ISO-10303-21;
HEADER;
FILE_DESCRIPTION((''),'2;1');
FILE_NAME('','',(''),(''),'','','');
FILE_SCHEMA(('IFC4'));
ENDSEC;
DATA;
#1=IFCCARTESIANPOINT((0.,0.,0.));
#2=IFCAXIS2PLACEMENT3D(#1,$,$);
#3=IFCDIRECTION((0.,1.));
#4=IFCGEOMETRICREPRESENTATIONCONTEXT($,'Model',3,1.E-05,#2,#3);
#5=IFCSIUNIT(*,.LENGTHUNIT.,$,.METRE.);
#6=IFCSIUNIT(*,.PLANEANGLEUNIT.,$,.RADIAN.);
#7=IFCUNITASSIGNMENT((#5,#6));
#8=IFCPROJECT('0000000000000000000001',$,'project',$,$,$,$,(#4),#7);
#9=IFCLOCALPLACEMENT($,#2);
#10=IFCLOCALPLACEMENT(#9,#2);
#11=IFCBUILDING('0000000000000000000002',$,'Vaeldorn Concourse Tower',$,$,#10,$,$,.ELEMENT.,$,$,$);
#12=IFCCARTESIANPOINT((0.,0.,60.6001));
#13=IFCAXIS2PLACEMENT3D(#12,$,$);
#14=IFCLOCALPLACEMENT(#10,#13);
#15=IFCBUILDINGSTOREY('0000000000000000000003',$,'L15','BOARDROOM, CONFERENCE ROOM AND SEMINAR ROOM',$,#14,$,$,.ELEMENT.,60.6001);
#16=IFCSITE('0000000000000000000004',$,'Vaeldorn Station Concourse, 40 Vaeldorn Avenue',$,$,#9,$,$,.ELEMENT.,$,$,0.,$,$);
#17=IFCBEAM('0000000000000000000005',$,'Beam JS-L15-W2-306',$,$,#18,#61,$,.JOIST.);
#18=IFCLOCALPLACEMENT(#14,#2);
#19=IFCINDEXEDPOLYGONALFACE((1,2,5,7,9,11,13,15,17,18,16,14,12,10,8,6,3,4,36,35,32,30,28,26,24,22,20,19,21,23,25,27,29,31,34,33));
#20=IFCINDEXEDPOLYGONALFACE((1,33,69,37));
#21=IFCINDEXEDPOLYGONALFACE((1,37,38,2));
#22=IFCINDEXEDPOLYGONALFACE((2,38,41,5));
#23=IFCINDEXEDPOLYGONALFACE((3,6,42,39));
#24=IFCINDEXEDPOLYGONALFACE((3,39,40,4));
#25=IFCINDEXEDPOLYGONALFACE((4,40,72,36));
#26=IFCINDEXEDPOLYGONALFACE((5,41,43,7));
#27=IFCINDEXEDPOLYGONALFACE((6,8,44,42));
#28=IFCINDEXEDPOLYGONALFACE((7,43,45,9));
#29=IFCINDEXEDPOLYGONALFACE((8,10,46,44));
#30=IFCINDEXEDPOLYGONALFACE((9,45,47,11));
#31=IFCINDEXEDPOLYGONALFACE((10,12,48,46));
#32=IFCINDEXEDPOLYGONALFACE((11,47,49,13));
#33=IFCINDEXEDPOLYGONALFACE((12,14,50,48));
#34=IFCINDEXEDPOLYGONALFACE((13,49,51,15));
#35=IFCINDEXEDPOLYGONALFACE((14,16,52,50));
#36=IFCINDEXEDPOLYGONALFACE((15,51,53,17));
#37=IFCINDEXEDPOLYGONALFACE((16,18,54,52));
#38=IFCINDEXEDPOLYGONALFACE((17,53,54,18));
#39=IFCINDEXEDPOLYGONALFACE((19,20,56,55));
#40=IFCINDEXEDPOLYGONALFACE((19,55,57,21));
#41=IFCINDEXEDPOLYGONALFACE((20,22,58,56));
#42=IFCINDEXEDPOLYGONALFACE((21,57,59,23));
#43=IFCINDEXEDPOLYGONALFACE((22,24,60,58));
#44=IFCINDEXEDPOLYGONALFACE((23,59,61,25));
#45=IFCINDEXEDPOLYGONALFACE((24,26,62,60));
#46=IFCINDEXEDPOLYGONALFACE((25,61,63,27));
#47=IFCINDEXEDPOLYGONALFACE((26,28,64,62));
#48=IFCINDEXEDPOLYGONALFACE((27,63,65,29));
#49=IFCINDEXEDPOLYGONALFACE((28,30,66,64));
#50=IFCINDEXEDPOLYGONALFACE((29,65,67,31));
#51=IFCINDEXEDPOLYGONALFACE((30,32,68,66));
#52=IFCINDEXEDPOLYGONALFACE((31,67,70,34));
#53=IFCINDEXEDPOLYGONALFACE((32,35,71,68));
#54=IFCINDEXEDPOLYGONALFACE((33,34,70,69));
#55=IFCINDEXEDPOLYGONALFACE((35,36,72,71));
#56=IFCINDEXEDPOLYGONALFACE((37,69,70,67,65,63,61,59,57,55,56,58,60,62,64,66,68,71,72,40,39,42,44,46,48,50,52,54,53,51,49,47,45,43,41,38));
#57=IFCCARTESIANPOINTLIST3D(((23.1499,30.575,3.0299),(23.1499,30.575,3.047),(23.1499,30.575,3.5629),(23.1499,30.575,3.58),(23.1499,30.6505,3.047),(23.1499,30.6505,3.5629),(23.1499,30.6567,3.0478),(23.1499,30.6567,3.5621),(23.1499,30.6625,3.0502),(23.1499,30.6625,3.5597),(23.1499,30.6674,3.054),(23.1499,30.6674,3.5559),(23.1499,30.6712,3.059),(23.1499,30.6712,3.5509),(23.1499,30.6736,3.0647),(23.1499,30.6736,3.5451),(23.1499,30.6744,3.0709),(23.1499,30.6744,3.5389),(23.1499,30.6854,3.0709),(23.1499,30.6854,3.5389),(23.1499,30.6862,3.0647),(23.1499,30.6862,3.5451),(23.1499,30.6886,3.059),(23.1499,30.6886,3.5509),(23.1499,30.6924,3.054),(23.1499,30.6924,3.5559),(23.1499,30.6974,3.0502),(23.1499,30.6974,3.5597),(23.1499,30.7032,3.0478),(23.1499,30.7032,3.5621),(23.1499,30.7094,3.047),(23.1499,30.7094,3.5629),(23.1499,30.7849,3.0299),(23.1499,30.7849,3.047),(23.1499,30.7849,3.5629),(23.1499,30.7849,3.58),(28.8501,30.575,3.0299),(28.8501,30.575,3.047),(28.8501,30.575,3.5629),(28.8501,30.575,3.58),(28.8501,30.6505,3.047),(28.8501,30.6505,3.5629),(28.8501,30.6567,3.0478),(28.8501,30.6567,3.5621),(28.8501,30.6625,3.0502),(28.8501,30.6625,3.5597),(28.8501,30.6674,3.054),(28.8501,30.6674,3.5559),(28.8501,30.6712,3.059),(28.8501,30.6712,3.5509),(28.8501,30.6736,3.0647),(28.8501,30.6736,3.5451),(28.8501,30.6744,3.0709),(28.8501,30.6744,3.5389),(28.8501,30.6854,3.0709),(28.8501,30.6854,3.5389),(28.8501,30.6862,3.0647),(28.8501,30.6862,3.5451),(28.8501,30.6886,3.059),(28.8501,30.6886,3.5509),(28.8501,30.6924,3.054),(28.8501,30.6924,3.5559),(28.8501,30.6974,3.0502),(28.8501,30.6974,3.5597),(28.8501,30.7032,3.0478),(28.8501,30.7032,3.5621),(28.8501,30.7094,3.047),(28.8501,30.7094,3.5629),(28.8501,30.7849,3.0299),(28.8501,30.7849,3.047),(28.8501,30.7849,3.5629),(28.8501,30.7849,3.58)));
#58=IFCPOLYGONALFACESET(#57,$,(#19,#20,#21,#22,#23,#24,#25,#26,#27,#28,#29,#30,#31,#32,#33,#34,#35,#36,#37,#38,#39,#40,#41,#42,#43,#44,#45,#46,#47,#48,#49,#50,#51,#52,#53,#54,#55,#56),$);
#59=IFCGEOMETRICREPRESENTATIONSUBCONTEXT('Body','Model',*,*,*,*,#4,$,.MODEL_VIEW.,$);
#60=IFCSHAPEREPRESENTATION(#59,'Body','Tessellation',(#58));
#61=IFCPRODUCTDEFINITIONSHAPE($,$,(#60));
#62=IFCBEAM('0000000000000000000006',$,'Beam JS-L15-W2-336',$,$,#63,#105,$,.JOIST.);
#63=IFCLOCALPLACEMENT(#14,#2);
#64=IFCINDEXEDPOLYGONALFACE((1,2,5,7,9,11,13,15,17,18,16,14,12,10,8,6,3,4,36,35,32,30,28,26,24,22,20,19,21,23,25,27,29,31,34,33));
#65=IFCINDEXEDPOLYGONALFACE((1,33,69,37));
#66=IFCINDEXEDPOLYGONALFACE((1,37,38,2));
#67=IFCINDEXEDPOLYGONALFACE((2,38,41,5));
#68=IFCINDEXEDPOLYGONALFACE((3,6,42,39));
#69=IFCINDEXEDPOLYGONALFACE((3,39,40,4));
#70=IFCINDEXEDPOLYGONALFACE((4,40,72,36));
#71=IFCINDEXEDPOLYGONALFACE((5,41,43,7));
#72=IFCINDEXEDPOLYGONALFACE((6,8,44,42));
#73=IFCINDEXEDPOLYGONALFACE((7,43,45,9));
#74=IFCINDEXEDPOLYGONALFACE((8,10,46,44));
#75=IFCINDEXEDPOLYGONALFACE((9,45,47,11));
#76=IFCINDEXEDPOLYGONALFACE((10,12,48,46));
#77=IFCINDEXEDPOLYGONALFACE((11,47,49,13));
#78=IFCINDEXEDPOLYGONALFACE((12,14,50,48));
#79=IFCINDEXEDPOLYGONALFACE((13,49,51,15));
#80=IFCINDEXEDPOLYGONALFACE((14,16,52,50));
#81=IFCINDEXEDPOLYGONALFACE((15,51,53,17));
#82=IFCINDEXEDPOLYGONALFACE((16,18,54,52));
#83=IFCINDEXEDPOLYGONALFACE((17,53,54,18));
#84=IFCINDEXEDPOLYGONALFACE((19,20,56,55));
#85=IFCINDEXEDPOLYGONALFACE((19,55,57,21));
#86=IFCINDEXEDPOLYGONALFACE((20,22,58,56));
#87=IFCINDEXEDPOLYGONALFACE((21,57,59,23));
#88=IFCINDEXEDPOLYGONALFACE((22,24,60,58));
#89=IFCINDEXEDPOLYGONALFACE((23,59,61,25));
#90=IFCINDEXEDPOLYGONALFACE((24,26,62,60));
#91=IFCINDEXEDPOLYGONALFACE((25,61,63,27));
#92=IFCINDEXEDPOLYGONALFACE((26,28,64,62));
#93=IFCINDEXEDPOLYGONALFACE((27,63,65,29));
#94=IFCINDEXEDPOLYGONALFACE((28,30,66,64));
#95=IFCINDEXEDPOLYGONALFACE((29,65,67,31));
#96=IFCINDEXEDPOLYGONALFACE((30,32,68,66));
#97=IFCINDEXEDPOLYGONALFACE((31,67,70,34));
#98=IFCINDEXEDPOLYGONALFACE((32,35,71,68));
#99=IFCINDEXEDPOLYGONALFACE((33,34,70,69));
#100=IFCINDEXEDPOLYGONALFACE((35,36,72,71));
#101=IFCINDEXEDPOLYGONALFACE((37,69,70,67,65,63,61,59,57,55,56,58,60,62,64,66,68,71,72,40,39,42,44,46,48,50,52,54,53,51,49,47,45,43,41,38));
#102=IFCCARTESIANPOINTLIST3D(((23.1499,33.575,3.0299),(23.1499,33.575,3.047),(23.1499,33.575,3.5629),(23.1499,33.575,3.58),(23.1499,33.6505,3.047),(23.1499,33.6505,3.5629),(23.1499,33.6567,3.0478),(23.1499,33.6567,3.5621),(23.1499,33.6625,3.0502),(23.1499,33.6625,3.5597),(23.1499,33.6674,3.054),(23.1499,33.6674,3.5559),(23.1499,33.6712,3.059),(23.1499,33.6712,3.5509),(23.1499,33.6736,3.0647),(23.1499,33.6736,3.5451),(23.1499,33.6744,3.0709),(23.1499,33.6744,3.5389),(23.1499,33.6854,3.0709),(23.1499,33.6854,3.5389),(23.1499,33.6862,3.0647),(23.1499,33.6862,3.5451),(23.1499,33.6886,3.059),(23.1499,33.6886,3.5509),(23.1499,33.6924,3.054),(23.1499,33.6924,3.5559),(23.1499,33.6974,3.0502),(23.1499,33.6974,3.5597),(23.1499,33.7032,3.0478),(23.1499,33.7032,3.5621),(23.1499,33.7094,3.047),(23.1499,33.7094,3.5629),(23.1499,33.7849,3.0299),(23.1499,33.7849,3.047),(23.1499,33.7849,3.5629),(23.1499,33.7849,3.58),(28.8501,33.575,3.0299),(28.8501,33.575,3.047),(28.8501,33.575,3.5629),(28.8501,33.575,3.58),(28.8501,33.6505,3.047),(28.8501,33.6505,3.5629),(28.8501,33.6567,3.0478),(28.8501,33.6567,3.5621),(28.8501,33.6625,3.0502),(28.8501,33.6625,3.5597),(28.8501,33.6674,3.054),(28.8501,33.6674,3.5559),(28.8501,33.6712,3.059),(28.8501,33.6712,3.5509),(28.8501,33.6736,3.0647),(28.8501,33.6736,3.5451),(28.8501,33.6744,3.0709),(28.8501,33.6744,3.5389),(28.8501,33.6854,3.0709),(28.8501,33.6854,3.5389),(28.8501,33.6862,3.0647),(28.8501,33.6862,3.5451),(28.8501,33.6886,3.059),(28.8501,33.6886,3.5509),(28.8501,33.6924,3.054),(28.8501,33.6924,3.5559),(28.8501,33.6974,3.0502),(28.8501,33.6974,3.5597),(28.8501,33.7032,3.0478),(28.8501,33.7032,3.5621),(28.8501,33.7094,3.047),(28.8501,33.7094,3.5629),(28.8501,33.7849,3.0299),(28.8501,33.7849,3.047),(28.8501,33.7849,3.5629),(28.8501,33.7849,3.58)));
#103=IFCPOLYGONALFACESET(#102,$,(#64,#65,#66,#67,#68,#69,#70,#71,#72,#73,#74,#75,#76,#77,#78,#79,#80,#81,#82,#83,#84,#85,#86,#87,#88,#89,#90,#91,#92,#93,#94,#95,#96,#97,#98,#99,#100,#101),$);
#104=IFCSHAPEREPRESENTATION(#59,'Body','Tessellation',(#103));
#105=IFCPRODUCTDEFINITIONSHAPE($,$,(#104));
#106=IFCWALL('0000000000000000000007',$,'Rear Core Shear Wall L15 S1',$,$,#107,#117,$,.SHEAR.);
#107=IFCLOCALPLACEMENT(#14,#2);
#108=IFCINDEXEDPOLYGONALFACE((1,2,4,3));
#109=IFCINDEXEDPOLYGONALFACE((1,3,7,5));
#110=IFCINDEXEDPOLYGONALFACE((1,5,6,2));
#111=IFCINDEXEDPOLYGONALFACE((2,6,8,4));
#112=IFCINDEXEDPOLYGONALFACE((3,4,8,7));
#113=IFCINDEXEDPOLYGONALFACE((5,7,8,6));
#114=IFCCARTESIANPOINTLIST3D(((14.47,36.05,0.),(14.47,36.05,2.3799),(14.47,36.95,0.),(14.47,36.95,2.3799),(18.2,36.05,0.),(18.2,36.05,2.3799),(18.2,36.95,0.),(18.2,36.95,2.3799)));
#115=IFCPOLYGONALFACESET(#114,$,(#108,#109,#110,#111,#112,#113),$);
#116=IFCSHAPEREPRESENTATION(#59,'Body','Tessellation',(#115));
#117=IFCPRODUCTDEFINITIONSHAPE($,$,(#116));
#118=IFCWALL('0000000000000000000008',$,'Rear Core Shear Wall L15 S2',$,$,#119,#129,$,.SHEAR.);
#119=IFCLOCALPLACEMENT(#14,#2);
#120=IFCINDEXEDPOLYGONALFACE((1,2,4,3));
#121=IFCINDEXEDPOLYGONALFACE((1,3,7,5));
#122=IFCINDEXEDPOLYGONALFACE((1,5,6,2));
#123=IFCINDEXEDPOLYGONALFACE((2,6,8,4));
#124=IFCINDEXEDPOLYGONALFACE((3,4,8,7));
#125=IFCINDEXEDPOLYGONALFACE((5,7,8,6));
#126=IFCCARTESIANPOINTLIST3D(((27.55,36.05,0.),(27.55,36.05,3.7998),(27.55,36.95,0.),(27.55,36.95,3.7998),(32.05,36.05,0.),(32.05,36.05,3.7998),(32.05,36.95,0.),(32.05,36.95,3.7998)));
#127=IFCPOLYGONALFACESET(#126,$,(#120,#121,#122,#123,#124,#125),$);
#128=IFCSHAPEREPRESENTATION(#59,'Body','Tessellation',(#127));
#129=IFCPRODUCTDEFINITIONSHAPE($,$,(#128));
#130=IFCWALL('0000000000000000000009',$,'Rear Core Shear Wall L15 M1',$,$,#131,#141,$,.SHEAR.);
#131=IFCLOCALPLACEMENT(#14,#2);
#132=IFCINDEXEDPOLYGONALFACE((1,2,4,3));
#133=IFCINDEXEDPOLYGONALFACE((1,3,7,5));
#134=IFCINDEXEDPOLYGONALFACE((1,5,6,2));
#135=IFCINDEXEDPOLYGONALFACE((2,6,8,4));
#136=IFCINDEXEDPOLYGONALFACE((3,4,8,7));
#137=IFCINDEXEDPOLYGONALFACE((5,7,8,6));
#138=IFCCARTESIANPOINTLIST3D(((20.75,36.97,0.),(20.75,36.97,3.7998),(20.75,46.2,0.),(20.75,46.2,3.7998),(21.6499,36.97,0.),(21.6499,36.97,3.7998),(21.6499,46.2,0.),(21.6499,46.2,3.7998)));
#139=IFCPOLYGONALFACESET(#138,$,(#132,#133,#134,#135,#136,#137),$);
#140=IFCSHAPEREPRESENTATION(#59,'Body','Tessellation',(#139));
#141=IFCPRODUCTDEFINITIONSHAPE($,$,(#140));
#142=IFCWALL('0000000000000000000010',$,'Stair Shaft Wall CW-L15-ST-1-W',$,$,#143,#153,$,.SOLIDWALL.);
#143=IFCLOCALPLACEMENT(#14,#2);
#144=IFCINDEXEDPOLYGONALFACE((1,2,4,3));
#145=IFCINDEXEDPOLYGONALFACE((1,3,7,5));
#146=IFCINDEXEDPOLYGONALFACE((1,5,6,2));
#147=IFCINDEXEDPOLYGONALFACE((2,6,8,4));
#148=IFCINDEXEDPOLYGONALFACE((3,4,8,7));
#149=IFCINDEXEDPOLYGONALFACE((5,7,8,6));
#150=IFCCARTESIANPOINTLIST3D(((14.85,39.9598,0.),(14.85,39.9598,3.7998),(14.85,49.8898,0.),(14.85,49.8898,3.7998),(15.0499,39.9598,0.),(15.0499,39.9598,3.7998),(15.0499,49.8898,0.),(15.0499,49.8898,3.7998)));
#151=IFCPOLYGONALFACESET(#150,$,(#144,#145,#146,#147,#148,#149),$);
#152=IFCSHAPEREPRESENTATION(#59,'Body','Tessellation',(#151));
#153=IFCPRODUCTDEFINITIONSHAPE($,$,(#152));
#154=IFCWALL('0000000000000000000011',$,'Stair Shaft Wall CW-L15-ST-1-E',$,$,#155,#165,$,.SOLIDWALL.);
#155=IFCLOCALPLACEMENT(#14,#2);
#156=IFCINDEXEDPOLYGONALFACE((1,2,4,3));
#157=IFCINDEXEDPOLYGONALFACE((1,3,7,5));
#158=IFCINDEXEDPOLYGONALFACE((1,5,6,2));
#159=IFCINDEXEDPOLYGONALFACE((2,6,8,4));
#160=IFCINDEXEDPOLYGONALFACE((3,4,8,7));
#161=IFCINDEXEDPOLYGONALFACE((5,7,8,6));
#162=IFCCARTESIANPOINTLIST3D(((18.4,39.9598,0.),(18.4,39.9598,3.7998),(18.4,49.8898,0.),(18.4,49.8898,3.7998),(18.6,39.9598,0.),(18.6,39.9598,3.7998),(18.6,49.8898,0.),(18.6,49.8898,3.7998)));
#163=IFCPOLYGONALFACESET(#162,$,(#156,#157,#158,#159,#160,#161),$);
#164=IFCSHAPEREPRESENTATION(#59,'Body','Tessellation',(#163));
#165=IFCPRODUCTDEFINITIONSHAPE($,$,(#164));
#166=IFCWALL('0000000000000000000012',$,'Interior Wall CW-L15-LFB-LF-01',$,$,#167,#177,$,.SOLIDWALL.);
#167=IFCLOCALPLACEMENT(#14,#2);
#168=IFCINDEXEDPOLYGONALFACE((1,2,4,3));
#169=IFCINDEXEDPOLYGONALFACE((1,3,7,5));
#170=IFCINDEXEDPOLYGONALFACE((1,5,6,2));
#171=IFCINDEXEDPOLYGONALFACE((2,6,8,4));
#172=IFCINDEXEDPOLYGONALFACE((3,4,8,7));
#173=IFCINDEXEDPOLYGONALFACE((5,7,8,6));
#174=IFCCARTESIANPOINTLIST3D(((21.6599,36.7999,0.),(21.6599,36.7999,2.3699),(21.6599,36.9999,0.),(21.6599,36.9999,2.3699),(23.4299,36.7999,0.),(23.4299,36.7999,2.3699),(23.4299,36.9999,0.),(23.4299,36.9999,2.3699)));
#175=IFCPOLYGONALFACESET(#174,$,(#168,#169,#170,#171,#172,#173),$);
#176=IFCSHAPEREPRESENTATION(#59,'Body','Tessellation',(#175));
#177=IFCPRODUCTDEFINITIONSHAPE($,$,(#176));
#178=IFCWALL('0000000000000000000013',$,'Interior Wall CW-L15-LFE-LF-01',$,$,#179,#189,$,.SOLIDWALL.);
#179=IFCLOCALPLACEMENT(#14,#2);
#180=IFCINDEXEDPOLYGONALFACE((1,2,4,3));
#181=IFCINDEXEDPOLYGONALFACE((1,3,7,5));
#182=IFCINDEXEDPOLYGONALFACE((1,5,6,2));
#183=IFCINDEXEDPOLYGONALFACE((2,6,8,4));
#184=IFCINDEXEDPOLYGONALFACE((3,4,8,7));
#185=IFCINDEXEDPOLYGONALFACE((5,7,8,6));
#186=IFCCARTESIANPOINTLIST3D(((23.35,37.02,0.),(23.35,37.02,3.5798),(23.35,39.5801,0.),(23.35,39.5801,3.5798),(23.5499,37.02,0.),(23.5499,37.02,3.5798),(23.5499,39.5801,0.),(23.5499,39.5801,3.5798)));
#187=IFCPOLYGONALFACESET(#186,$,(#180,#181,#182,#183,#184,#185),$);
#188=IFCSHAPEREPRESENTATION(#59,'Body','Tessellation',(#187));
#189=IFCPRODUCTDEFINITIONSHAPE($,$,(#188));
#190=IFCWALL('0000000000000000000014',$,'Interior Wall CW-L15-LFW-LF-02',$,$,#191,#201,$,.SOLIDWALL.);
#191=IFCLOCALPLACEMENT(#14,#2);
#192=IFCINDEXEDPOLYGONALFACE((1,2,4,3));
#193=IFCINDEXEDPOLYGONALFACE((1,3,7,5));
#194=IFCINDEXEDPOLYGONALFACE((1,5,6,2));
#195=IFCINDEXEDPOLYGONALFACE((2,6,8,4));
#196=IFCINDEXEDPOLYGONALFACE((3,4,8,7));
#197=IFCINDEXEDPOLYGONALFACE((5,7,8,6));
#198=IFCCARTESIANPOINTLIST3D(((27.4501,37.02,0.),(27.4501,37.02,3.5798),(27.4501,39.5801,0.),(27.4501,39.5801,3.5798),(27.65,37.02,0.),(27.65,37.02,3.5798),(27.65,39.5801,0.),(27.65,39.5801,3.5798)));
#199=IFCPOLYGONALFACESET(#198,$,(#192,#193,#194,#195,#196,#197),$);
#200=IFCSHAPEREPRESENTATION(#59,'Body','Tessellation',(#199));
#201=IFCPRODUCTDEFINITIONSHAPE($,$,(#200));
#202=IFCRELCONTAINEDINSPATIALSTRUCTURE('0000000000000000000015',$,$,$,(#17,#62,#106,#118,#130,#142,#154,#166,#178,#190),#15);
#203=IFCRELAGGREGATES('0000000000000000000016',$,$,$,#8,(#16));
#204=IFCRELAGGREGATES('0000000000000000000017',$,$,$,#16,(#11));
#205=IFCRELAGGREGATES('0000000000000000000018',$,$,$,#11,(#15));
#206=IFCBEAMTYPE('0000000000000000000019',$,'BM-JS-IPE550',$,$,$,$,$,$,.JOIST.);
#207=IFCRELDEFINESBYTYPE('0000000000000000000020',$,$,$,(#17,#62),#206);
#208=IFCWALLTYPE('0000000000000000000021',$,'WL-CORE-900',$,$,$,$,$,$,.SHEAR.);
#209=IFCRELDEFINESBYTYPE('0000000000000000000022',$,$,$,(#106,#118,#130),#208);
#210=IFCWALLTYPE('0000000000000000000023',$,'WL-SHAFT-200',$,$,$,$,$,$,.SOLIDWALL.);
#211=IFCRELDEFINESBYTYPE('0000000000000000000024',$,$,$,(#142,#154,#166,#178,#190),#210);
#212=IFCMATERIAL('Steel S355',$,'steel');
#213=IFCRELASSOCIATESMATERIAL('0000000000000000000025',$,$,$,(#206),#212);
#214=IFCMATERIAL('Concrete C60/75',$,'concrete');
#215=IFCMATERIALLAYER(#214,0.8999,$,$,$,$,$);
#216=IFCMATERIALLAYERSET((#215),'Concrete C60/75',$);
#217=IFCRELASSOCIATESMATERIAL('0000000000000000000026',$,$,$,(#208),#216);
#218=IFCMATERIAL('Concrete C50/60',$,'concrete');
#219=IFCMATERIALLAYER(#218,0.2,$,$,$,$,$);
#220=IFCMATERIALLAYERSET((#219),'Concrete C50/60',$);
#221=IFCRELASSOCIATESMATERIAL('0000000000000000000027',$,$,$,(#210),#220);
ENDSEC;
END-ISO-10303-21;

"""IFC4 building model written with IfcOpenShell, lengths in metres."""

from ifc_helpers import new_model, si_unit, direction, frame, frame_2d, origin, origin_2d, place, context, subcontext, project, spatial, rectangle, i_section, extrude, source, transform, mapped, material, layer, layer_set, material_profile, profile_set, type_object, element, save


model = new_model("IFC4")

# Units and contexts
model_context = context("Model", 3, precision=1e-05, world=origin(), true_north=direction((0.0, 1.0)))
body_context = subcontext(model_context, "Body", "Model", "MODEL_VIEW")
ifc_project = project(units=[si_unit("LENGTHUNIT", "METRE"), si_unit("PLANEANGLEUNIT", "RADIAN")], contexts=[model_context])

# Site, building, storey
site_placement = place(None, origin())
site = spatial("IfcSite", under=ifc_project, at=site_placement, Name="Vaeldorn Station Concourse, 40 Vaeldorn Avenue", CompositionType="ELEMENT", RefElevation=0.0)
building_placement = place(site_placement, origin())
building = spatial("IfcBuilding", under=site, at=building_placement, Name="Vaeldorn Concourse Tower", CompositionType="ELEMENT")
storey_placement = place(building_placement, frame((0.0, 0.0, 60.6001)))
storey = spatial("IfcBuildingStorey", under=building, at=storey_placement, Name="L15", Description="BOARDROOM, CONFERENCE ROOM AND SEMINAR ROOM", CompositionType="ELEMENT", Elevation=60.6001)

# Beams
ifc_material_1 = material(Name="Steel S355", Category="steel")
ifc_material_profile_1 = material_profile(ifc_material_1, i_section(OverallWidth=0.21, OverallDepth=0.55, WebThickness=0.011, FlangeThickness=0.0171, FilletRadius=0.0239, at=origin_2d()), Name="IPE 550")
ifc_profile_set_1 = profile_set([ifc_material_profile_1], Name="Steel S355")
beam_type_1 = type_object("IfcBeamType", Name="BM-JS-IPE550", PredefinedType="JOIST", material=ifc_profile_set_1)
shared_shape_1 = source(origin(), body_context, "Body", "SweptSolid", [
    extrude(i_section(OverallWidth=0.21, OverallDepth=0.55, WebThickness=0.011, FlangeThickness=0.0171, FilletRadius=0.0239, at=origin_2d()), origin(), (0.0, 0.0, 1.0), 5.7002),
])
for number, where, z_axis, x_axis, name in (
    (1, (23.1499, 30.6799, 3.3049), (1.0, 0.0, 0.0), (0.0, 1.0, 0.0), "Beam JS-L15-W2-306"),
    (2, (23.1499, 33.6799, 3.3049), (1.0, 0.0, 0.0), (0.0, 1.0, 0.0), "Beam JS-L15-W2-336"),
):
    element("IfcBeam", number, at=place(storey_placement, frame(where, z_axis=z_axis, x_axis=x_axis)), inside=storey, type_object=beam_type_1, Name=name, PredefinedType="JOIST", context=body_context, shape_type="MappedRepresentation", body=[
        mapped(shared_shape_1, transform((0.0, 0.0, 0.0), scale=1.0)),
    ])

# Walls
ifc_material_2 = material(Name="Concrete C60/75", Category="concrete")
ifc_layer_1 = layer(ifc_material_2, 0.8999)
ifc_layer_set_1 = layer_set([ifc_layer_1], Name="Concrete C60/75")
wall_type_1 = type_object("IfcWallType", Name="WL-CORE-900", PredefinedType="SHEAR", material=ifc_layer_set_1)
wall_1_placement = place(storey_placement, frame((14.47, 36.5, 0.0), z_axis=(0.0, 0.0, 1.0), x_axis=(1.0, 0.0, 0.0)))
element("IfcWall", 3, at=wall_1_placement, inside=storey, type_object=wall_type_1, Name="Rear Core Shear Wall L15 S1", PredefinedType="SHEAR", context=body_context, shape_type="SweptSolid", body=[
    extrude(rectangle(XDim=3.73, YDim=0.8999, at=frame_2d((1.865, 0.0))), origin(), (0.0, 0.0, 1.0), 2.3799),
])
wall_2_placement = place(storey_placement, frame((27.55, 36.5, 0.0), z_axis=(0.0, 0.0, 1.0), x_axis=(1.0, 0.0, 0.0)))
element("IfcWall", 4, at=wall_2_placement, inside=storey, type_object=wall_type_1, Name="Rear Core Shear Wall L15 S2", PredefinedType="SHEAR", context=body_context, shape_type="SweptSolid", body=[
    extrude(rectangle(XDim=4.5, YDim=0.8999, at=frame_2d((2.25, 0.0))), origin(), (0.0, 0.0, 1.0), 3.7998),
])
wall_3_placement = place(storey_placement, frame((21.2, 36.97, 0.0), z_axis=(0.0, 0.0, 1.0), x_axis=(0.0, 1.0, 0.0)))
element("IfcWall", 5, at=wall_3_placement, inside=storey, type_object=wall_type_1, Name="Rear Core Shear Wall L15 M1", PredefinedType="SHEAR", context=body_context, shape_type="SweptSolid", body=[
    extrude(rectangle(XDim=9.23, YDim=0.8999, at=frame_2d((4.615, 0.0))), origin(), (0.0, 0.0, 1.0), 3.7998),
])
ifc_material_3 = material(Name="Concrete C50/60", Category="concrete")
ifc_layer_2 = layer(ifc_material_3, 0.2)
ifc_layer_set_2 = layer_set([ifc_layer_2], Name="Concrete C50/60")
wall_type_2 = type_object("IfcWallType", Name="WL-SHAFT-200", PredefinedType="SOLIDWALL", material=ifc_layer_set_2)
for number, where, z_axis, x_axis, name in (
    (6, (14.95, 39.96, 0.0), (0.0, 0.0, 1.0), (0.0, 1.0, 0.0), "Stair Shaft Wall CW-L15-ST-1-W"),
    (7, (18.5, 39.96, 0.0), (0.0, 0.0, 1.0), (0.0, 1.0, 0.0), "Stair Shaft Wall CW-L15-ST-1-E"),
):
    element("IfcWall", number, at=place(storey_placement, frame(where, z_axis=z_axis, x_axis=x_axis)), inside=storey, type_object=wall_type_2, Name=name, PredefinedType="SOLIDWALL", context=body_context, shape_type="SweptSolid", body=[
        extrude(rectangle(XDim=9.9299, YDim=0.2, at=frame_2d((4.9648, 0.0))), origin(), (0.0, 0.0, 1.0), 3.7998),
    ])

# Walls
wall_4_placement = place(storey_placement, frame((21.6599, 36.8999, 0.0), z_axis=(0.0, 0.0, 1.0), x_axis=(1.0, 0.0, 0.0)))
element("IfcWall", 8, at=wall_4_placement, inside=storey, type_object=wall_type_2, Name="Interior Wall CW-L15-LFB-LF-01", PredefinedType="SOLIDWALL", context=body_context, shape_type="SweptSolid", body=[
    extrude(rectangle(XDim=1.77, YDim=0.2, at=frame_2d((0.885, 0.0))), origin(), (0.0, 0.0, 1.0), 2.3699),
])
wall_5_placement = place(storey_placement, frame((23.45, 37.02, 0.0), z_axis=(0.0, 0.0, 1.0), x_axis=(0.0, 1.0, 0.0)))
element("IfcWall", 9, at=wall_5_placement, inside=storey, type_object=wall_type_2, Name="Interior Wall CW-L15-LFE-LF-01", PredefinedType="SOLIDWALL", context=body_context, shape_type="SweptSolid", body=[
    extrude(rectangle(XDim=2.5601, YDim=0.2, at=frame_2d((1.28, 0.0))), origin(), (0.0, 0.0, 1.0), 3.5798),
])

# Wall
wall_6_placement = place(storey_placement, frame((27.55, 37.02, 0.0), z_axis=(0.0, 0.0, 1.0), x_axis=(0.0, 1.0, 0.0)))
element("IfcWall", 10, at=wall_6_placement, inside=storey, type_object=wall_type_2, Name="Interior Wall CW-L15-LFW-LF-02", PredefinedType="SOLIDWALL", context=body_context, shape_type="SweptSolid", body=[
    extrude(rectangle(XDim=2.5601, YDim=0.2, at=frame_2d((1.28, 0.0))), origin(), (0.0, 0.0, 1.0), 3.5798),
])

save(model, "model.ifc")
